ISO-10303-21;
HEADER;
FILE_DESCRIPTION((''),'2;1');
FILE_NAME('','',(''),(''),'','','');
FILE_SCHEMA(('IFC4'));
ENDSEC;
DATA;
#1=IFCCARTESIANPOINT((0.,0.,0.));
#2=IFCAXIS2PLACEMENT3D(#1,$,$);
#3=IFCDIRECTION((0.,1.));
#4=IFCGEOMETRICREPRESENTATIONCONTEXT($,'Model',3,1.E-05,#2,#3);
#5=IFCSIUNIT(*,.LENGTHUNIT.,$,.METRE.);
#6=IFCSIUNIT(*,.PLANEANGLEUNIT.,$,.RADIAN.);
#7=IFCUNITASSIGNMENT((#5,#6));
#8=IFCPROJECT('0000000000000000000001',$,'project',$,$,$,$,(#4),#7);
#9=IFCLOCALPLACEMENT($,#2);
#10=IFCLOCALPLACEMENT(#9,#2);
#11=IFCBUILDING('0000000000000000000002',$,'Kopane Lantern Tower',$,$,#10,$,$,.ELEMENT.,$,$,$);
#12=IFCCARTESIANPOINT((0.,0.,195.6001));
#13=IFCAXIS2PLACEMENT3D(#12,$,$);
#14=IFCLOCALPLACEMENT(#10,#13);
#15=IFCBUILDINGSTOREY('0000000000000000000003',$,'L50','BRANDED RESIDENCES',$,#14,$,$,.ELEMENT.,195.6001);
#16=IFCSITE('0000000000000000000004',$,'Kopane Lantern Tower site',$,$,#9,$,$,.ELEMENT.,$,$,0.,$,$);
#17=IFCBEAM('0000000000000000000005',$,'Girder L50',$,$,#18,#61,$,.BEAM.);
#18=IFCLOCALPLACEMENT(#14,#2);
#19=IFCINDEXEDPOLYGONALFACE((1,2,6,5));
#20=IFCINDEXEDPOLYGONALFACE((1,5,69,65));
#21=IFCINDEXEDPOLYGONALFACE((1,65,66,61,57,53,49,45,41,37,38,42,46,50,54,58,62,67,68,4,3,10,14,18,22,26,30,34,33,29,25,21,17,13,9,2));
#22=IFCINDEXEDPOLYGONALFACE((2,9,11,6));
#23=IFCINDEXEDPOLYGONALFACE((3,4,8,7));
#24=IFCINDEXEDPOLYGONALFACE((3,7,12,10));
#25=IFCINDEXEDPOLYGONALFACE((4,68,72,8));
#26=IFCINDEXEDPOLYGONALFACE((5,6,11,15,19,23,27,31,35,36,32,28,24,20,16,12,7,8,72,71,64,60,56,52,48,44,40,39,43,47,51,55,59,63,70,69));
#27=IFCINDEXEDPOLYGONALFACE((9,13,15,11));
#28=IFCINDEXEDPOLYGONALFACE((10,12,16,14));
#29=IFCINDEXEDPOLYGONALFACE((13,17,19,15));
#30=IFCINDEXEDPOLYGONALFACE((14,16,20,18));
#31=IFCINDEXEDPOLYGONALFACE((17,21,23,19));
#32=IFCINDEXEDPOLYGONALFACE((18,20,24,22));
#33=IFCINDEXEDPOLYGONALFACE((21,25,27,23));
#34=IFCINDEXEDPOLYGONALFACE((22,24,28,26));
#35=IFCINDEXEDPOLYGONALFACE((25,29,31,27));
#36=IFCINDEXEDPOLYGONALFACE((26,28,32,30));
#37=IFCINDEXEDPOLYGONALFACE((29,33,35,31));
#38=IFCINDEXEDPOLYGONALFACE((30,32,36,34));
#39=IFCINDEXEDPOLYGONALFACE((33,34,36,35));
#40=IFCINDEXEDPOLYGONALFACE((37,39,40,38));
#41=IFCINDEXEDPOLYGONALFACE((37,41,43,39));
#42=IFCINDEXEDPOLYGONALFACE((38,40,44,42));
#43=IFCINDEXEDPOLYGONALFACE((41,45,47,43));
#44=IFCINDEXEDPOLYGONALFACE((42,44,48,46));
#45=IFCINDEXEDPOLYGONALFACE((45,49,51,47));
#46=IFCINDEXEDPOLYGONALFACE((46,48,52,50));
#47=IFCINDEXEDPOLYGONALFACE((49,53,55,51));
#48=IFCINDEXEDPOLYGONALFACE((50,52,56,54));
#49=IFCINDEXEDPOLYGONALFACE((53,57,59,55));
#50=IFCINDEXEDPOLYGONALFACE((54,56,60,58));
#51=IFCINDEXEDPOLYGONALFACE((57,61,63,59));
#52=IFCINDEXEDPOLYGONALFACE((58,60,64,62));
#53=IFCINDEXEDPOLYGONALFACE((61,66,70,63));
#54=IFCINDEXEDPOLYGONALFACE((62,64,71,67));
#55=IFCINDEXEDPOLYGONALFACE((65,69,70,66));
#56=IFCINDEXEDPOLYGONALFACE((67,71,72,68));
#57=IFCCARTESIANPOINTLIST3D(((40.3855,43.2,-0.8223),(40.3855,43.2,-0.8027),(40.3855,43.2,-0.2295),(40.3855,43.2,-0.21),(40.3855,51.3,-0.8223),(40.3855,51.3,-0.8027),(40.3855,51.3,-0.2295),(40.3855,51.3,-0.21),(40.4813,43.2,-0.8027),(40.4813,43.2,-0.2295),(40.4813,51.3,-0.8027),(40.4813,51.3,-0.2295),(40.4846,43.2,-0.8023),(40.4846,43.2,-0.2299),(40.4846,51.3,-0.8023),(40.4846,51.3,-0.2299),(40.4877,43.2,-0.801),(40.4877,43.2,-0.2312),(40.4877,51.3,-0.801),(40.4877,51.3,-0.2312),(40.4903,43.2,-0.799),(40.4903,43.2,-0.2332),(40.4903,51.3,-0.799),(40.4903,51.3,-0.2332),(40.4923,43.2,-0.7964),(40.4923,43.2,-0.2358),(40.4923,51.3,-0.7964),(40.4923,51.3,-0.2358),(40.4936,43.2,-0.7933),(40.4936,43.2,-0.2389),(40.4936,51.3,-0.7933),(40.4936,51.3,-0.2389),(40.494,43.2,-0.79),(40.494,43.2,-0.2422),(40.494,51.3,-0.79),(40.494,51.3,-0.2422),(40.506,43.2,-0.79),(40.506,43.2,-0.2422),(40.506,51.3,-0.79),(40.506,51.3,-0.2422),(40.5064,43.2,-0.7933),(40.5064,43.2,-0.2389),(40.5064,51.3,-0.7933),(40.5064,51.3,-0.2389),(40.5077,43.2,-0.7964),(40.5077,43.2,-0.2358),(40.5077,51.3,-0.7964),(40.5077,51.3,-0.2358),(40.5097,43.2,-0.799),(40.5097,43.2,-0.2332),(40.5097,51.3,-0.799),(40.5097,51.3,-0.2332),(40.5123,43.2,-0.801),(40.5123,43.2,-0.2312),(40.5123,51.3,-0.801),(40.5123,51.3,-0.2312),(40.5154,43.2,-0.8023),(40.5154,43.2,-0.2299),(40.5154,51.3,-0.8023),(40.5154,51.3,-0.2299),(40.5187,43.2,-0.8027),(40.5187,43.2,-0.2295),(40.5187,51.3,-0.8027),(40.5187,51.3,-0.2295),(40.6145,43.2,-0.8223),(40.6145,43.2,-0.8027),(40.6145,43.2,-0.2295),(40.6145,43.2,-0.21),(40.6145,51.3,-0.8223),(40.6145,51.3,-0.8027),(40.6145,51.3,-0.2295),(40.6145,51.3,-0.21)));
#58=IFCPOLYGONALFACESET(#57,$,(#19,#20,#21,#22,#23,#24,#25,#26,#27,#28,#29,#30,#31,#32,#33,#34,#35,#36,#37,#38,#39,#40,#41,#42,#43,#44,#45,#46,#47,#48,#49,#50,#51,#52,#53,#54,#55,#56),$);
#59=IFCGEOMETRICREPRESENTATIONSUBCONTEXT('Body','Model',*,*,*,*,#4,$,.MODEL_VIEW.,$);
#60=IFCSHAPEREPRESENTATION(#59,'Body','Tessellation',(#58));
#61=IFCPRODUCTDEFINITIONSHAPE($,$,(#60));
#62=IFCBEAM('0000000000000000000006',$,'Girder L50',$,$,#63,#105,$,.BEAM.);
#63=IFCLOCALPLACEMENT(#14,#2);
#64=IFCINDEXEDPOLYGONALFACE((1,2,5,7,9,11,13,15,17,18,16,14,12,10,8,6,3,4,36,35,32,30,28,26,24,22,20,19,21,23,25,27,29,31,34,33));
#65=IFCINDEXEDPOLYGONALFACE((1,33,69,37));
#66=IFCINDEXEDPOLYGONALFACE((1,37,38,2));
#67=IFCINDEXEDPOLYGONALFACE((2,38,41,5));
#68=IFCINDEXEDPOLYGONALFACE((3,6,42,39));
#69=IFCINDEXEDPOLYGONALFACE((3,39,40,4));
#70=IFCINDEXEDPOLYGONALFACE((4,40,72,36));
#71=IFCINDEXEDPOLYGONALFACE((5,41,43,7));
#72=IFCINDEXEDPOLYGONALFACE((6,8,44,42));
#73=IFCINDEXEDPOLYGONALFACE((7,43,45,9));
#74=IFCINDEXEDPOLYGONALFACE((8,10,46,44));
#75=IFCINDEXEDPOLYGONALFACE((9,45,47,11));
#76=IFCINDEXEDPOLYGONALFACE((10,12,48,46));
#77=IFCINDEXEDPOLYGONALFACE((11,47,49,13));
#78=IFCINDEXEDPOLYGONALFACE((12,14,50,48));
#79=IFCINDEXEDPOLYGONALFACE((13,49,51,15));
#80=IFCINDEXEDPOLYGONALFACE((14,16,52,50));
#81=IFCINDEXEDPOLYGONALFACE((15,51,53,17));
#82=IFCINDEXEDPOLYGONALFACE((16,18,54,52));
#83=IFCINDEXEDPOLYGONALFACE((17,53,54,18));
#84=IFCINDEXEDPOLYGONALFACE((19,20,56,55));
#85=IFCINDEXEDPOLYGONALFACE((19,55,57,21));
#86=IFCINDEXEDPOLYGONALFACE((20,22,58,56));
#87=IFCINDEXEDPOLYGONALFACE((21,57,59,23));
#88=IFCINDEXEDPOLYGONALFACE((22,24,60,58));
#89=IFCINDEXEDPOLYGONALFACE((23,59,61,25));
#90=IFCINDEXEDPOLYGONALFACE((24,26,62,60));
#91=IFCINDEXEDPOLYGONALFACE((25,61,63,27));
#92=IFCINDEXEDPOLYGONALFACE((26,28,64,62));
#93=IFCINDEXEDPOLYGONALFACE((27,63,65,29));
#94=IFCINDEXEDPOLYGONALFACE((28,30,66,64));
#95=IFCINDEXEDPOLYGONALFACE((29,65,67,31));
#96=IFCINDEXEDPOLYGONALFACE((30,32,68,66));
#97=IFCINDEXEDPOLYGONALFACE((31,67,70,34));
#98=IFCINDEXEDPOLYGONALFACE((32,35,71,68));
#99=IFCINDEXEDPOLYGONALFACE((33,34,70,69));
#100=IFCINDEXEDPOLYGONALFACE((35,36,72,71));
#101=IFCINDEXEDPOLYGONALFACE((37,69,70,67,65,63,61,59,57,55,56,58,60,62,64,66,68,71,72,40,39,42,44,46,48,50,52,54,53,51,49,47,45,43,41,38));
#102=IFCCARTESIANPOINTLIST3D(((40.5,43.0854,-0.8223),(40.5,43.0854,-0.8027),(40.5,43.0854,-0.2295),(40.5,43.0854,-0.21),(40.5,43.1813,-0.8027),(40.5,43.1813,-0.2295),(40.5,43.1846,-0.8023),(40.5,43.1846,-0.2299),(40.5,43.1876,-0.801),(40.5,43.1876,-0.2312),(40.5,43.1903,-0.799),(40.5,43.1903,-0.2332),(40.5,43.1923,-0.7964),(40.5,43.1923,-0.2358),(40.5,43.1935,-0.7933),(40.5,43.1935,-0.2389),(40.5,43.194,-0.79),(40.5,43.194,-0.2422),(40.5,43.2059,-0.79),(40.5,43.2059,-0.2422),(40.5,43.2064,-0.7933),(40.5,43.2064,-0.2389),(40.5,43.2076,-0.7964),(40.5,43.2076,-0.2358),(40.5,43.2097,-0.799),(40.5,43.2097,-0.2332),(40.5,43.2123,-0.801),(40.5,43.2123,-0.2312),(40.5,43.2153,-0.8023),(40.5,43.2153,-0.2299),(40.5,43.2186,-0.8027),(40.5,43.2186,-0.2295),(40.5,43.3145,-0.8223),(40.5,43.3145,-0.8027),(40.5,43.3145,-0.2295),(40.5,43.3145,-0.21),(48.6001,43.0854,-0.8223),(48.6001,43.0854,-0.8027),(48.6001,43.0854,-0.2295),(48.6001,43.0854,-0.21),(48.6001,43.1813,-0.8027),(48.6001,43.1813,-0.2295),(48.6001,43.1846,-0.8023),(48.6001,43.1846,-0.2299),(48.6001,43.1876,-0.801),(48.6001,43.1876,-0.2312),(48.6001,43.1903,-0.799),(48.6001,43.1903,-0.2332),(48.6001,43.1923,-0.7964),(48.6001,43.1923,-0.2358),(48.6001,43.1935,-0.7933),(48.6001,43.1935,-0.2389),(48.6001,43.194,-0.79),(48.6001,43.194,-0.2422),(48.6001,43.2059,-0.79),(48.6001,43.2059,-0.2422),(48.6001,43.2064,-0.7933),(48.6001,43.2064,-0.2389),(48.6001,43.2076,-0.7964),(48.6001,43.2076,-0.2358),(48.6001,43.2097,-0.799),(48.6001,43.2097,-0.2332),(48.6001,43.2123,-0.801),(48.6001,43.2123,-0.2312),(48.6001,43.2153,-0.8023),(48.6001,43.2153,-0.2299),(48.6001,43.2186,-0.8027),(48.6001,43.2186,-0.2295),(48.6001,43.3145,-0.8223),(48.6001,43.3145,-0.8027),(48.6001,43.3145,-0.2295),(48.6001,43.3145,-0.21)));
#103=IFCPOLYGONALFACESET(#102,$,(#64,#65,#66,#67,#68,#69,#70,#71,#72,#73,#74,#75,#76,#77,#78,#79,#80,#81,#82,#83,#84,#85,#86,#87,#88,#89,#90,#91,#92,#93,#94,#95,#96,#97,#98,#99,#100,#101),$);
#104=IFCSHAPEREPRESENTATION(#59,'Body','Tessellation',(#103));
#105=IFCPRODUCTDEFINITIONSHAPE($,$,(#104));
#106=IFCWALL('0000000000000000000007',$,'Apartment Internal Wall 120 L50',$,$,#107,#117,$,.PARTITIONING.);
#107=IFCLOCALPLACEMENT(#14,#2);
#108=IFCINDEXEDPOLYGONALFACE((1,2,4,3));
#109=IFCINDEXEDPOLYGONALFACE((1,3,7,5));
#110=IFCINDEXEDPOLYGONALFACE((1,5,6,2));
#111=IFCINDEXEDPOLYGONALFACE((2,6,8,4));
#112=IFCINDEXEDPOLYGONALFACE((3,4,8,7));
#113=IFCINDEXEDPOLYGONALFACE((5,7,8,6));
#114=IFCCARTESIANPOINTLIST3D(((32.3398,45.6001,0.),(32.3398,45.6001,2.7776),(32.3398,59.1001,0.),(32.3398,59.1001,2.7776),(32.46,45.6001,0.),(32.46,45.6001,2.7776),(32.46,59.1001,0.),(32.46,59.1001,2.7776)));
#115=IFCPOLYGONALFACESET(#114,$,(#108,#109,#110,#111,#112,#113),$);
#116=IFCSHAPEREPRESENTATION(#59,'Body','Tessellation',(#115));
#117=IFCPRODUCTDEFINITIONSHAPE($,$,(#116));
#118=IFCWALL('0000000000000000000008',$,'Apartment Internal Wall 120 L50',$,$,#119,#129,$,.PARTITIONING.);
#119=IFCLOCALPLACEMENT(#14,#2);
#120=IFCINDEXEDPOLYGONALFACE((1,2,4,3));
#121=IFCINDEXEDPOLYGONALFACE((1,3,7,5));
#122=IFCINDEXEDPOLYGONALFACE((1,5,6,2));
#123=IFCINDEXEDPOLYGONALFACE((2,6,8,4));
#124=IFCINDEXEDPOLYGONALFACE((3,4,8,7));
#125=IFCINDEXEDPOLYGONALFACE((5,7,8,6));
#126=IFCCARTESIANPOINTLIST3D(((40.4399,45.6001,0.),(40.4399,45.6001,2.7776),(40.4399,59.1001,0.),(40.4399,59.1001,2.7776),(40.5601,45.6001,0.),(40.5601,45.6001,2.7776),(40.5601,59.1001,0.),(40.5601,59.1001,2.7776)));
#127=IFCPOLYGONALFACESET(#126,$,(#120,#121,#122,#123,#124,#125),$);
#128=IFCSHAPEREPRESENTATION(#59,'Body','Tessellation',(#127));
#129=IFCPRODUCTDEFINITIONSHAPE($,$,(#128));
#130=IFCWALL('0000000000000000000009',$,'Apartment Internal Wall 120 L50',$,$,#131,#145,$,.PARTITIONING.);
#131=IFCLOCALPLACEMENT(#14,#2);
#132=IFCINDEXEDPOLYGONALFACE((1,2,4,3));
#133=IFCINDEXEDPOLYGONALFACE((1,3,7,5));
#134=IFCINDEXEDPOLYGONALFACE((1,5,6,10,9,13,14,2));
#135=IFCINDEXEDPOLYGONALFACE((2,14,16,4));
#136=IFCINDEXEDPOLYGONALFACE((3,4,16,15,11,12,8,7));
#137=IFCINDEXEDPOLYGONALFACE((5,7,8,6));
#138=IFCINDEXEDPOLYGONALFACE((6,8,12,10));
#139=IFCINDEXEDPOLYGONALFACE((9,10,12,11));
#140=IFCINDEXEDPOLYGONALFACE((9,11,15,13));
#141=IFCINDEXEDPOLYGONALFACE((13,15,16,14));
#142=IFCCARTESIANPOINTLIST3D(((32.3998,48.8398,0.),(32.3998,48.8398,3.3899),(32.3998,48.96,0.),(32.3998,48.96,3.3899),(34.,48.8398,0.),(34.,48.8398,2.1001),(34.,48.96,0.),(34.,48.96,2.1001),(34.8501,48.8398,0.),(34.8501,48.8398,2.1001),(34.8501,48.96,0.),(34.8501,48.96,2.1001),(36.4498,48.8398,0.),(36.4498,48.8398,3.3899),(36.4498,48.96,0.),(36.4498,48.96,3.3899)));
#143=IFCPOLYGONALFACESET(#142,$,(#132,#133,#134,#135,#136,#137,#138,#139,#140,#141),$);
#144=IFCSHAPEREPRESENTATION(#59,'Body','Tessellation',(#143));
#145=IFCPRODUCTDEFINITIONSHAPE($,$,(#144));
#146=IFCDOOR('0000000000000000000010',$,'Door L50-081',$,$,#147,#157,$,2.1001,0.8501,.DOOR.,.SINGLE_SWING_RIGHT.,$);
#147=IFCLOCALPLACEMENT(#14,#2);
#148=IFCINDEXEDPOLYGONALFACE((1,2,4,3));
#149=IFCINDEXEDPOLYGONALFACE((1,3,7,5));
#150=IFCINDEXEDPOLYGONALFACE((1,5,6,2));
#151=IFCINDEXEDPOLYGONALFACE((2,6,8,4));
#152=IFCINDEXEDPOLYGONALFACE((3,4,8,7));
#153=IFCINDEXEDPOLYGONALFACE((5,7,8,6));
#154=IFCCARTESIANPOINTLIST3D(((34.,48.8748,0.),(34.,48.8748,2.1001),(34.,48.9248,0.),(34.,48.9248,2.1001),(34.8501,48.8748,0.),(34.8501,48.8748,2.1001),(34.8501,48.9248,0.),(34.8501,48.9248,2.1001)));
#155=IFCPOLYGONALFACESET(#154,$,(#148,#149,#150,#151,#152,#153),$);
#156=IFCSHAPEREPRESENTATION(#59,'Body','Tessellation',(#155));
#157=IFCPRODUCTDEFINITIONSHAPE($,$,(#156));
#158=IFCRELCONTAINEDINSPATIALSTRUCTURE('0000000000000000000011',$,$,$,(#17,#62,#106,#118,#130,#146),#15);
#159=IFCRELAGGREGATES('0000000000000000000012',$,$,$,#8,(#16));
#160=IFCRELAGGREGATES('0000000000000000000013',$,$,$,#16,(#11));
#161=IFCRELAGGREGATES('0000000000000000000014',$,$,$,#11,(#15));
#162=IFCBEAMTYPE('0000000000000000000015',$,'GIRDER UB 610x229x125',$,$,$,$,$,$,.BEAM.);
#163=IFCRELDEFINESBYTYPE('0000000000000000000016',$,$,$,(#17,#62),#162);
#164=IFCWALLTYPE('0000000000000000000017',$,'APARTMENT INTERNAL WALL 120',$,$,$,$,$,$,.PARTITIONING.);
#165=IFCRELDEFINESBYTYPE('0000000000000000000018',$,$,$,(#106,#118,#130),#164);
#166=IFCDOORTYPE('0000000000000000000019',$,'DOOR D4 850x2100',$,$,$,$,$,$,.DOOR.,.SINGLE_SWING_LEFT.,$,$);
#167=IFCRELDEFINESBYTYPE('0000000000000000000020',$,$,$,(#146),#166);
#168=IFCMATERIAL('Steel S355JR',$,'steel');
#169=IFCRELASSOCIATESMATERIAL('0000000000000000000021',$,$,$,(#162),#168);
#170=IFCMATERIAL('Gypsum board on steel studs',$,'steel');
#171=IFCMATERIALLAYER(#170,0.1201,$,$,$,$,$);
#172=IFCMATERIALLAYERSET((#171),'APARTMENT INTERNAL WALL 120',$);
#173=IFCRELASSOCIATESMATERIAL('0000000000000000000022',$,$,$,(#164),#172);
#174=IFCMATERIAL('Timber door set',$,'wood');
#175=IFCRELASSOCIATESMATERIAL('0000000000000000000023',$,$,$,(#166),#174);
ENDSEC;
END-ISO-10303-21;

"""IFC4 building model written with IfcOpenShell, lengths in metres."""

from ifc_helpers import new_model, si_unit, direction, frame, frame_2d, origin, origin_2d, place, context, subcontext, project, spatial, rectangle, i_section, extrude, material, layer, layer_set, material_profile, profile_set, type_object, element, fill, save


model = new_model("IFC4")

# Units and contexts
model_context = context("Model", 3, precision=1e-05, world=origin(), true_north=direction((0.0, 1.0)))
body_context = subcontext(model_context, "Body", "Model", "MODEL_VIEW")
ifc_project = project(units=[si_unit("LENGTHUNIT", "METRE"), si_unit("PLANEANGLEUNIT", "RADIAN")], contexts=[model_context])

# Site, building, storey
site_placement = place(None, origin())
site = spatial("IfcSite", under=ifc_project, at=site_placement, Name="Kopane Lantern Tower site", CompositionType="ELEMENT", RefElevation=0.0)
building_placement = place(site_placement, origin())
building = spatial("IfcBuilding", under=site, at=building_placement, Name="Kopane Lantern Tower", CompositionType="ELEMENT")
storey_placement = place(building_placement, frame((0.0, 0.0, 195.6001)))
storey = spatial("IfcBuildingStorey", under=building, at=storey_placement, Name="L50", Description="BRANDED RESIDENCES", CompositionType="ELEMENT", Elevation=195.6001)

# Beams
ifc_material_1 = material(Name="Steel S355JR", Category="steel")
ifc_material_profile_1 = material_profile(ifc_material_1, i_section(OverallWidth=0.229, OverallDepth=0.6123, WebThickness=0.012, FlangeThickness=0.0195, FilletRadius=0.0127, at=origin_2d()), Name="UB 610x229x125")
ifc_profile_set_1 = profile_set([ifc_material_profile_1], Name="Steel S355JR")
beam_type = type_object("IfcBeamType", Name="GIRDER UB 610x229x125", PredefinedType="BEAM", material=ifc_profile_set_1)
for number, where, z_axis, x_axis, name in (
    (1, (40.5, 43.2, -0.5161), (0.0, 1.0, 0.0), (-1.0, 0.0, 0.0), "Girder L50"),
    (2, (40.5, 43.2, -0.5161), (1.0, 0.0, 0.0), (0.0, 1.0, 0.0), "Girder L50"),
):
    element("IfcBeam", number, at=place(storey_placement, frame(where, z_axis=z_axis, x_axis=x_axis)), inside=storey, type_object=beam_type, Name=name, PredefinedType="BEAM", context=body_context, shape_type="SweptSolid", body=[
        extrude(i_section(OverallWidth=0.229, OverallDepth=0.6123, WebThickness=0.012, FlangeThickness=0.0195, FilletRadius=0.0127, at=origin_2d()), origin(), (0.0, 0.0, 1.0), 8.1001),
    ])

# Walls
ifc_material_2 = material(Name="Gypsum board on steel studs", Category="steel")
ifc_layer_1 = layer(ifc_material_2, 0.1201)
ifc_layer_set_1 = layer_set([ifc_layer_1], Name="APARTMENT INTERNAL WALL 120")
wall_type_1 = type_object("IfcWallType", Name="APARTMENT INTERNAL WALL 120", PredefinedType="PARTITIONING", material=ifc_layer_set_1)
for number, where, z_axis, x_axis, name in (
    (3, (32.3999, 45.6001, 0.0), (0.0, 0.0, 1.0), (0.0, 1.0, 0.0), "Apartment Internal Wall 120 L50"),
    (4, (40.5, 45.6001, 0.0), (0.0, 0.0, 1.0), (0.0, 1.0, 0.0), "Apartment Internal Wall 120 L50"),
):
    element("IfcWall", number, at=place(storey_placement, frame(where, z_axis=z_axis, x_axis=x_axis)), inside=storey, type_object=wall_type_1, Name=name, PredefinedType="PARTITIONING", context=body_context, shape_type="SweptSolid", body=[
        extrude(rectangle(XDim=13.5, YDim=0.1201, at=frame_2d((6.75, 0.0))), origin(), (0.0, 0.0, 1.0), 2.7776),
    ])

# Wall, opening, door
wall_1_placement = place(storey_placement, frame((32.3999, 48.8999, 0.0), z_axis=(0.0, 0.0, 1.0), x_axis=(1.0, 0.0, 0.0)))
wall_1 = element("IfcWall", 5, at=wall_1_placement, inside=storey, type_object=wall_type_1, Name="Apartment Internal Wall 120 L50", PredefinedType="PARTITIONING", context=body_context, shape_type="SweptSolid", body=[
    extrude(rectangle(XDim=4.05, YDim=0.1201, at=frame_2d((2.0249, 0.0))), origin(), (0.0, 0.0, 1.0), 3.3899),
])
opening_1_placement = place(wall_1_placement, frame((1.6001, 0.0, 0.0)))
opening_1 = element("IfcOpeningElement", 6, at=opening_1_placement, cuts=wall_1, PredefinedType="OPENING", context=body_context, shape_type="SweptSolid", body=[
    extrude(rectangle(XDim=0.8501, YDim=2.1001, at=frame_2d((0.425, 1.05))), frame((0.0, 0.0701, 0.0), z_axis=(0.0, -1.0, 0.0), x_axis=(1.0, 0.0, 0.0)), (0.0, 0.0, 1.0), 0.1401),
])
ifc_material_3 = material(Name="Timber door set", Category="wood")
door_type_1 = type_object("IfcDoorType", Name="DOOR D4 850x2100", OperationType="SINGLE_SWING_LEFT", PredefinedType="DOOR", material=ifc_material_3)
door_1_placement = place(opening_1_placement, origin())
door_1 = element("IfcDoor", 7, at=door_1_placement, inside=storey, type_object=door_type_1, Name="Door L50-081", OperationType="SINGLE_SWING_RIGHT", OverallHeight=2.1001, OverallWidth=0.8501, PredefinedType="DOOR", context=body_context, shape_type="SweptSolid", body=[
    extrude(rectangle(XDim=0.8501, YDim=2.1001, at=frame_2d((0.425, 1.05))), frame((0.0, 0.0249, 0.0), z_axis=(0.0, -1.0, 0.0), x_axis=(1.0, 0.0, 0.0)), (0.0, 0.0, 1.0), 0.05),
])
fill(opening_1, door_1)

save(model, "model.ifc")
